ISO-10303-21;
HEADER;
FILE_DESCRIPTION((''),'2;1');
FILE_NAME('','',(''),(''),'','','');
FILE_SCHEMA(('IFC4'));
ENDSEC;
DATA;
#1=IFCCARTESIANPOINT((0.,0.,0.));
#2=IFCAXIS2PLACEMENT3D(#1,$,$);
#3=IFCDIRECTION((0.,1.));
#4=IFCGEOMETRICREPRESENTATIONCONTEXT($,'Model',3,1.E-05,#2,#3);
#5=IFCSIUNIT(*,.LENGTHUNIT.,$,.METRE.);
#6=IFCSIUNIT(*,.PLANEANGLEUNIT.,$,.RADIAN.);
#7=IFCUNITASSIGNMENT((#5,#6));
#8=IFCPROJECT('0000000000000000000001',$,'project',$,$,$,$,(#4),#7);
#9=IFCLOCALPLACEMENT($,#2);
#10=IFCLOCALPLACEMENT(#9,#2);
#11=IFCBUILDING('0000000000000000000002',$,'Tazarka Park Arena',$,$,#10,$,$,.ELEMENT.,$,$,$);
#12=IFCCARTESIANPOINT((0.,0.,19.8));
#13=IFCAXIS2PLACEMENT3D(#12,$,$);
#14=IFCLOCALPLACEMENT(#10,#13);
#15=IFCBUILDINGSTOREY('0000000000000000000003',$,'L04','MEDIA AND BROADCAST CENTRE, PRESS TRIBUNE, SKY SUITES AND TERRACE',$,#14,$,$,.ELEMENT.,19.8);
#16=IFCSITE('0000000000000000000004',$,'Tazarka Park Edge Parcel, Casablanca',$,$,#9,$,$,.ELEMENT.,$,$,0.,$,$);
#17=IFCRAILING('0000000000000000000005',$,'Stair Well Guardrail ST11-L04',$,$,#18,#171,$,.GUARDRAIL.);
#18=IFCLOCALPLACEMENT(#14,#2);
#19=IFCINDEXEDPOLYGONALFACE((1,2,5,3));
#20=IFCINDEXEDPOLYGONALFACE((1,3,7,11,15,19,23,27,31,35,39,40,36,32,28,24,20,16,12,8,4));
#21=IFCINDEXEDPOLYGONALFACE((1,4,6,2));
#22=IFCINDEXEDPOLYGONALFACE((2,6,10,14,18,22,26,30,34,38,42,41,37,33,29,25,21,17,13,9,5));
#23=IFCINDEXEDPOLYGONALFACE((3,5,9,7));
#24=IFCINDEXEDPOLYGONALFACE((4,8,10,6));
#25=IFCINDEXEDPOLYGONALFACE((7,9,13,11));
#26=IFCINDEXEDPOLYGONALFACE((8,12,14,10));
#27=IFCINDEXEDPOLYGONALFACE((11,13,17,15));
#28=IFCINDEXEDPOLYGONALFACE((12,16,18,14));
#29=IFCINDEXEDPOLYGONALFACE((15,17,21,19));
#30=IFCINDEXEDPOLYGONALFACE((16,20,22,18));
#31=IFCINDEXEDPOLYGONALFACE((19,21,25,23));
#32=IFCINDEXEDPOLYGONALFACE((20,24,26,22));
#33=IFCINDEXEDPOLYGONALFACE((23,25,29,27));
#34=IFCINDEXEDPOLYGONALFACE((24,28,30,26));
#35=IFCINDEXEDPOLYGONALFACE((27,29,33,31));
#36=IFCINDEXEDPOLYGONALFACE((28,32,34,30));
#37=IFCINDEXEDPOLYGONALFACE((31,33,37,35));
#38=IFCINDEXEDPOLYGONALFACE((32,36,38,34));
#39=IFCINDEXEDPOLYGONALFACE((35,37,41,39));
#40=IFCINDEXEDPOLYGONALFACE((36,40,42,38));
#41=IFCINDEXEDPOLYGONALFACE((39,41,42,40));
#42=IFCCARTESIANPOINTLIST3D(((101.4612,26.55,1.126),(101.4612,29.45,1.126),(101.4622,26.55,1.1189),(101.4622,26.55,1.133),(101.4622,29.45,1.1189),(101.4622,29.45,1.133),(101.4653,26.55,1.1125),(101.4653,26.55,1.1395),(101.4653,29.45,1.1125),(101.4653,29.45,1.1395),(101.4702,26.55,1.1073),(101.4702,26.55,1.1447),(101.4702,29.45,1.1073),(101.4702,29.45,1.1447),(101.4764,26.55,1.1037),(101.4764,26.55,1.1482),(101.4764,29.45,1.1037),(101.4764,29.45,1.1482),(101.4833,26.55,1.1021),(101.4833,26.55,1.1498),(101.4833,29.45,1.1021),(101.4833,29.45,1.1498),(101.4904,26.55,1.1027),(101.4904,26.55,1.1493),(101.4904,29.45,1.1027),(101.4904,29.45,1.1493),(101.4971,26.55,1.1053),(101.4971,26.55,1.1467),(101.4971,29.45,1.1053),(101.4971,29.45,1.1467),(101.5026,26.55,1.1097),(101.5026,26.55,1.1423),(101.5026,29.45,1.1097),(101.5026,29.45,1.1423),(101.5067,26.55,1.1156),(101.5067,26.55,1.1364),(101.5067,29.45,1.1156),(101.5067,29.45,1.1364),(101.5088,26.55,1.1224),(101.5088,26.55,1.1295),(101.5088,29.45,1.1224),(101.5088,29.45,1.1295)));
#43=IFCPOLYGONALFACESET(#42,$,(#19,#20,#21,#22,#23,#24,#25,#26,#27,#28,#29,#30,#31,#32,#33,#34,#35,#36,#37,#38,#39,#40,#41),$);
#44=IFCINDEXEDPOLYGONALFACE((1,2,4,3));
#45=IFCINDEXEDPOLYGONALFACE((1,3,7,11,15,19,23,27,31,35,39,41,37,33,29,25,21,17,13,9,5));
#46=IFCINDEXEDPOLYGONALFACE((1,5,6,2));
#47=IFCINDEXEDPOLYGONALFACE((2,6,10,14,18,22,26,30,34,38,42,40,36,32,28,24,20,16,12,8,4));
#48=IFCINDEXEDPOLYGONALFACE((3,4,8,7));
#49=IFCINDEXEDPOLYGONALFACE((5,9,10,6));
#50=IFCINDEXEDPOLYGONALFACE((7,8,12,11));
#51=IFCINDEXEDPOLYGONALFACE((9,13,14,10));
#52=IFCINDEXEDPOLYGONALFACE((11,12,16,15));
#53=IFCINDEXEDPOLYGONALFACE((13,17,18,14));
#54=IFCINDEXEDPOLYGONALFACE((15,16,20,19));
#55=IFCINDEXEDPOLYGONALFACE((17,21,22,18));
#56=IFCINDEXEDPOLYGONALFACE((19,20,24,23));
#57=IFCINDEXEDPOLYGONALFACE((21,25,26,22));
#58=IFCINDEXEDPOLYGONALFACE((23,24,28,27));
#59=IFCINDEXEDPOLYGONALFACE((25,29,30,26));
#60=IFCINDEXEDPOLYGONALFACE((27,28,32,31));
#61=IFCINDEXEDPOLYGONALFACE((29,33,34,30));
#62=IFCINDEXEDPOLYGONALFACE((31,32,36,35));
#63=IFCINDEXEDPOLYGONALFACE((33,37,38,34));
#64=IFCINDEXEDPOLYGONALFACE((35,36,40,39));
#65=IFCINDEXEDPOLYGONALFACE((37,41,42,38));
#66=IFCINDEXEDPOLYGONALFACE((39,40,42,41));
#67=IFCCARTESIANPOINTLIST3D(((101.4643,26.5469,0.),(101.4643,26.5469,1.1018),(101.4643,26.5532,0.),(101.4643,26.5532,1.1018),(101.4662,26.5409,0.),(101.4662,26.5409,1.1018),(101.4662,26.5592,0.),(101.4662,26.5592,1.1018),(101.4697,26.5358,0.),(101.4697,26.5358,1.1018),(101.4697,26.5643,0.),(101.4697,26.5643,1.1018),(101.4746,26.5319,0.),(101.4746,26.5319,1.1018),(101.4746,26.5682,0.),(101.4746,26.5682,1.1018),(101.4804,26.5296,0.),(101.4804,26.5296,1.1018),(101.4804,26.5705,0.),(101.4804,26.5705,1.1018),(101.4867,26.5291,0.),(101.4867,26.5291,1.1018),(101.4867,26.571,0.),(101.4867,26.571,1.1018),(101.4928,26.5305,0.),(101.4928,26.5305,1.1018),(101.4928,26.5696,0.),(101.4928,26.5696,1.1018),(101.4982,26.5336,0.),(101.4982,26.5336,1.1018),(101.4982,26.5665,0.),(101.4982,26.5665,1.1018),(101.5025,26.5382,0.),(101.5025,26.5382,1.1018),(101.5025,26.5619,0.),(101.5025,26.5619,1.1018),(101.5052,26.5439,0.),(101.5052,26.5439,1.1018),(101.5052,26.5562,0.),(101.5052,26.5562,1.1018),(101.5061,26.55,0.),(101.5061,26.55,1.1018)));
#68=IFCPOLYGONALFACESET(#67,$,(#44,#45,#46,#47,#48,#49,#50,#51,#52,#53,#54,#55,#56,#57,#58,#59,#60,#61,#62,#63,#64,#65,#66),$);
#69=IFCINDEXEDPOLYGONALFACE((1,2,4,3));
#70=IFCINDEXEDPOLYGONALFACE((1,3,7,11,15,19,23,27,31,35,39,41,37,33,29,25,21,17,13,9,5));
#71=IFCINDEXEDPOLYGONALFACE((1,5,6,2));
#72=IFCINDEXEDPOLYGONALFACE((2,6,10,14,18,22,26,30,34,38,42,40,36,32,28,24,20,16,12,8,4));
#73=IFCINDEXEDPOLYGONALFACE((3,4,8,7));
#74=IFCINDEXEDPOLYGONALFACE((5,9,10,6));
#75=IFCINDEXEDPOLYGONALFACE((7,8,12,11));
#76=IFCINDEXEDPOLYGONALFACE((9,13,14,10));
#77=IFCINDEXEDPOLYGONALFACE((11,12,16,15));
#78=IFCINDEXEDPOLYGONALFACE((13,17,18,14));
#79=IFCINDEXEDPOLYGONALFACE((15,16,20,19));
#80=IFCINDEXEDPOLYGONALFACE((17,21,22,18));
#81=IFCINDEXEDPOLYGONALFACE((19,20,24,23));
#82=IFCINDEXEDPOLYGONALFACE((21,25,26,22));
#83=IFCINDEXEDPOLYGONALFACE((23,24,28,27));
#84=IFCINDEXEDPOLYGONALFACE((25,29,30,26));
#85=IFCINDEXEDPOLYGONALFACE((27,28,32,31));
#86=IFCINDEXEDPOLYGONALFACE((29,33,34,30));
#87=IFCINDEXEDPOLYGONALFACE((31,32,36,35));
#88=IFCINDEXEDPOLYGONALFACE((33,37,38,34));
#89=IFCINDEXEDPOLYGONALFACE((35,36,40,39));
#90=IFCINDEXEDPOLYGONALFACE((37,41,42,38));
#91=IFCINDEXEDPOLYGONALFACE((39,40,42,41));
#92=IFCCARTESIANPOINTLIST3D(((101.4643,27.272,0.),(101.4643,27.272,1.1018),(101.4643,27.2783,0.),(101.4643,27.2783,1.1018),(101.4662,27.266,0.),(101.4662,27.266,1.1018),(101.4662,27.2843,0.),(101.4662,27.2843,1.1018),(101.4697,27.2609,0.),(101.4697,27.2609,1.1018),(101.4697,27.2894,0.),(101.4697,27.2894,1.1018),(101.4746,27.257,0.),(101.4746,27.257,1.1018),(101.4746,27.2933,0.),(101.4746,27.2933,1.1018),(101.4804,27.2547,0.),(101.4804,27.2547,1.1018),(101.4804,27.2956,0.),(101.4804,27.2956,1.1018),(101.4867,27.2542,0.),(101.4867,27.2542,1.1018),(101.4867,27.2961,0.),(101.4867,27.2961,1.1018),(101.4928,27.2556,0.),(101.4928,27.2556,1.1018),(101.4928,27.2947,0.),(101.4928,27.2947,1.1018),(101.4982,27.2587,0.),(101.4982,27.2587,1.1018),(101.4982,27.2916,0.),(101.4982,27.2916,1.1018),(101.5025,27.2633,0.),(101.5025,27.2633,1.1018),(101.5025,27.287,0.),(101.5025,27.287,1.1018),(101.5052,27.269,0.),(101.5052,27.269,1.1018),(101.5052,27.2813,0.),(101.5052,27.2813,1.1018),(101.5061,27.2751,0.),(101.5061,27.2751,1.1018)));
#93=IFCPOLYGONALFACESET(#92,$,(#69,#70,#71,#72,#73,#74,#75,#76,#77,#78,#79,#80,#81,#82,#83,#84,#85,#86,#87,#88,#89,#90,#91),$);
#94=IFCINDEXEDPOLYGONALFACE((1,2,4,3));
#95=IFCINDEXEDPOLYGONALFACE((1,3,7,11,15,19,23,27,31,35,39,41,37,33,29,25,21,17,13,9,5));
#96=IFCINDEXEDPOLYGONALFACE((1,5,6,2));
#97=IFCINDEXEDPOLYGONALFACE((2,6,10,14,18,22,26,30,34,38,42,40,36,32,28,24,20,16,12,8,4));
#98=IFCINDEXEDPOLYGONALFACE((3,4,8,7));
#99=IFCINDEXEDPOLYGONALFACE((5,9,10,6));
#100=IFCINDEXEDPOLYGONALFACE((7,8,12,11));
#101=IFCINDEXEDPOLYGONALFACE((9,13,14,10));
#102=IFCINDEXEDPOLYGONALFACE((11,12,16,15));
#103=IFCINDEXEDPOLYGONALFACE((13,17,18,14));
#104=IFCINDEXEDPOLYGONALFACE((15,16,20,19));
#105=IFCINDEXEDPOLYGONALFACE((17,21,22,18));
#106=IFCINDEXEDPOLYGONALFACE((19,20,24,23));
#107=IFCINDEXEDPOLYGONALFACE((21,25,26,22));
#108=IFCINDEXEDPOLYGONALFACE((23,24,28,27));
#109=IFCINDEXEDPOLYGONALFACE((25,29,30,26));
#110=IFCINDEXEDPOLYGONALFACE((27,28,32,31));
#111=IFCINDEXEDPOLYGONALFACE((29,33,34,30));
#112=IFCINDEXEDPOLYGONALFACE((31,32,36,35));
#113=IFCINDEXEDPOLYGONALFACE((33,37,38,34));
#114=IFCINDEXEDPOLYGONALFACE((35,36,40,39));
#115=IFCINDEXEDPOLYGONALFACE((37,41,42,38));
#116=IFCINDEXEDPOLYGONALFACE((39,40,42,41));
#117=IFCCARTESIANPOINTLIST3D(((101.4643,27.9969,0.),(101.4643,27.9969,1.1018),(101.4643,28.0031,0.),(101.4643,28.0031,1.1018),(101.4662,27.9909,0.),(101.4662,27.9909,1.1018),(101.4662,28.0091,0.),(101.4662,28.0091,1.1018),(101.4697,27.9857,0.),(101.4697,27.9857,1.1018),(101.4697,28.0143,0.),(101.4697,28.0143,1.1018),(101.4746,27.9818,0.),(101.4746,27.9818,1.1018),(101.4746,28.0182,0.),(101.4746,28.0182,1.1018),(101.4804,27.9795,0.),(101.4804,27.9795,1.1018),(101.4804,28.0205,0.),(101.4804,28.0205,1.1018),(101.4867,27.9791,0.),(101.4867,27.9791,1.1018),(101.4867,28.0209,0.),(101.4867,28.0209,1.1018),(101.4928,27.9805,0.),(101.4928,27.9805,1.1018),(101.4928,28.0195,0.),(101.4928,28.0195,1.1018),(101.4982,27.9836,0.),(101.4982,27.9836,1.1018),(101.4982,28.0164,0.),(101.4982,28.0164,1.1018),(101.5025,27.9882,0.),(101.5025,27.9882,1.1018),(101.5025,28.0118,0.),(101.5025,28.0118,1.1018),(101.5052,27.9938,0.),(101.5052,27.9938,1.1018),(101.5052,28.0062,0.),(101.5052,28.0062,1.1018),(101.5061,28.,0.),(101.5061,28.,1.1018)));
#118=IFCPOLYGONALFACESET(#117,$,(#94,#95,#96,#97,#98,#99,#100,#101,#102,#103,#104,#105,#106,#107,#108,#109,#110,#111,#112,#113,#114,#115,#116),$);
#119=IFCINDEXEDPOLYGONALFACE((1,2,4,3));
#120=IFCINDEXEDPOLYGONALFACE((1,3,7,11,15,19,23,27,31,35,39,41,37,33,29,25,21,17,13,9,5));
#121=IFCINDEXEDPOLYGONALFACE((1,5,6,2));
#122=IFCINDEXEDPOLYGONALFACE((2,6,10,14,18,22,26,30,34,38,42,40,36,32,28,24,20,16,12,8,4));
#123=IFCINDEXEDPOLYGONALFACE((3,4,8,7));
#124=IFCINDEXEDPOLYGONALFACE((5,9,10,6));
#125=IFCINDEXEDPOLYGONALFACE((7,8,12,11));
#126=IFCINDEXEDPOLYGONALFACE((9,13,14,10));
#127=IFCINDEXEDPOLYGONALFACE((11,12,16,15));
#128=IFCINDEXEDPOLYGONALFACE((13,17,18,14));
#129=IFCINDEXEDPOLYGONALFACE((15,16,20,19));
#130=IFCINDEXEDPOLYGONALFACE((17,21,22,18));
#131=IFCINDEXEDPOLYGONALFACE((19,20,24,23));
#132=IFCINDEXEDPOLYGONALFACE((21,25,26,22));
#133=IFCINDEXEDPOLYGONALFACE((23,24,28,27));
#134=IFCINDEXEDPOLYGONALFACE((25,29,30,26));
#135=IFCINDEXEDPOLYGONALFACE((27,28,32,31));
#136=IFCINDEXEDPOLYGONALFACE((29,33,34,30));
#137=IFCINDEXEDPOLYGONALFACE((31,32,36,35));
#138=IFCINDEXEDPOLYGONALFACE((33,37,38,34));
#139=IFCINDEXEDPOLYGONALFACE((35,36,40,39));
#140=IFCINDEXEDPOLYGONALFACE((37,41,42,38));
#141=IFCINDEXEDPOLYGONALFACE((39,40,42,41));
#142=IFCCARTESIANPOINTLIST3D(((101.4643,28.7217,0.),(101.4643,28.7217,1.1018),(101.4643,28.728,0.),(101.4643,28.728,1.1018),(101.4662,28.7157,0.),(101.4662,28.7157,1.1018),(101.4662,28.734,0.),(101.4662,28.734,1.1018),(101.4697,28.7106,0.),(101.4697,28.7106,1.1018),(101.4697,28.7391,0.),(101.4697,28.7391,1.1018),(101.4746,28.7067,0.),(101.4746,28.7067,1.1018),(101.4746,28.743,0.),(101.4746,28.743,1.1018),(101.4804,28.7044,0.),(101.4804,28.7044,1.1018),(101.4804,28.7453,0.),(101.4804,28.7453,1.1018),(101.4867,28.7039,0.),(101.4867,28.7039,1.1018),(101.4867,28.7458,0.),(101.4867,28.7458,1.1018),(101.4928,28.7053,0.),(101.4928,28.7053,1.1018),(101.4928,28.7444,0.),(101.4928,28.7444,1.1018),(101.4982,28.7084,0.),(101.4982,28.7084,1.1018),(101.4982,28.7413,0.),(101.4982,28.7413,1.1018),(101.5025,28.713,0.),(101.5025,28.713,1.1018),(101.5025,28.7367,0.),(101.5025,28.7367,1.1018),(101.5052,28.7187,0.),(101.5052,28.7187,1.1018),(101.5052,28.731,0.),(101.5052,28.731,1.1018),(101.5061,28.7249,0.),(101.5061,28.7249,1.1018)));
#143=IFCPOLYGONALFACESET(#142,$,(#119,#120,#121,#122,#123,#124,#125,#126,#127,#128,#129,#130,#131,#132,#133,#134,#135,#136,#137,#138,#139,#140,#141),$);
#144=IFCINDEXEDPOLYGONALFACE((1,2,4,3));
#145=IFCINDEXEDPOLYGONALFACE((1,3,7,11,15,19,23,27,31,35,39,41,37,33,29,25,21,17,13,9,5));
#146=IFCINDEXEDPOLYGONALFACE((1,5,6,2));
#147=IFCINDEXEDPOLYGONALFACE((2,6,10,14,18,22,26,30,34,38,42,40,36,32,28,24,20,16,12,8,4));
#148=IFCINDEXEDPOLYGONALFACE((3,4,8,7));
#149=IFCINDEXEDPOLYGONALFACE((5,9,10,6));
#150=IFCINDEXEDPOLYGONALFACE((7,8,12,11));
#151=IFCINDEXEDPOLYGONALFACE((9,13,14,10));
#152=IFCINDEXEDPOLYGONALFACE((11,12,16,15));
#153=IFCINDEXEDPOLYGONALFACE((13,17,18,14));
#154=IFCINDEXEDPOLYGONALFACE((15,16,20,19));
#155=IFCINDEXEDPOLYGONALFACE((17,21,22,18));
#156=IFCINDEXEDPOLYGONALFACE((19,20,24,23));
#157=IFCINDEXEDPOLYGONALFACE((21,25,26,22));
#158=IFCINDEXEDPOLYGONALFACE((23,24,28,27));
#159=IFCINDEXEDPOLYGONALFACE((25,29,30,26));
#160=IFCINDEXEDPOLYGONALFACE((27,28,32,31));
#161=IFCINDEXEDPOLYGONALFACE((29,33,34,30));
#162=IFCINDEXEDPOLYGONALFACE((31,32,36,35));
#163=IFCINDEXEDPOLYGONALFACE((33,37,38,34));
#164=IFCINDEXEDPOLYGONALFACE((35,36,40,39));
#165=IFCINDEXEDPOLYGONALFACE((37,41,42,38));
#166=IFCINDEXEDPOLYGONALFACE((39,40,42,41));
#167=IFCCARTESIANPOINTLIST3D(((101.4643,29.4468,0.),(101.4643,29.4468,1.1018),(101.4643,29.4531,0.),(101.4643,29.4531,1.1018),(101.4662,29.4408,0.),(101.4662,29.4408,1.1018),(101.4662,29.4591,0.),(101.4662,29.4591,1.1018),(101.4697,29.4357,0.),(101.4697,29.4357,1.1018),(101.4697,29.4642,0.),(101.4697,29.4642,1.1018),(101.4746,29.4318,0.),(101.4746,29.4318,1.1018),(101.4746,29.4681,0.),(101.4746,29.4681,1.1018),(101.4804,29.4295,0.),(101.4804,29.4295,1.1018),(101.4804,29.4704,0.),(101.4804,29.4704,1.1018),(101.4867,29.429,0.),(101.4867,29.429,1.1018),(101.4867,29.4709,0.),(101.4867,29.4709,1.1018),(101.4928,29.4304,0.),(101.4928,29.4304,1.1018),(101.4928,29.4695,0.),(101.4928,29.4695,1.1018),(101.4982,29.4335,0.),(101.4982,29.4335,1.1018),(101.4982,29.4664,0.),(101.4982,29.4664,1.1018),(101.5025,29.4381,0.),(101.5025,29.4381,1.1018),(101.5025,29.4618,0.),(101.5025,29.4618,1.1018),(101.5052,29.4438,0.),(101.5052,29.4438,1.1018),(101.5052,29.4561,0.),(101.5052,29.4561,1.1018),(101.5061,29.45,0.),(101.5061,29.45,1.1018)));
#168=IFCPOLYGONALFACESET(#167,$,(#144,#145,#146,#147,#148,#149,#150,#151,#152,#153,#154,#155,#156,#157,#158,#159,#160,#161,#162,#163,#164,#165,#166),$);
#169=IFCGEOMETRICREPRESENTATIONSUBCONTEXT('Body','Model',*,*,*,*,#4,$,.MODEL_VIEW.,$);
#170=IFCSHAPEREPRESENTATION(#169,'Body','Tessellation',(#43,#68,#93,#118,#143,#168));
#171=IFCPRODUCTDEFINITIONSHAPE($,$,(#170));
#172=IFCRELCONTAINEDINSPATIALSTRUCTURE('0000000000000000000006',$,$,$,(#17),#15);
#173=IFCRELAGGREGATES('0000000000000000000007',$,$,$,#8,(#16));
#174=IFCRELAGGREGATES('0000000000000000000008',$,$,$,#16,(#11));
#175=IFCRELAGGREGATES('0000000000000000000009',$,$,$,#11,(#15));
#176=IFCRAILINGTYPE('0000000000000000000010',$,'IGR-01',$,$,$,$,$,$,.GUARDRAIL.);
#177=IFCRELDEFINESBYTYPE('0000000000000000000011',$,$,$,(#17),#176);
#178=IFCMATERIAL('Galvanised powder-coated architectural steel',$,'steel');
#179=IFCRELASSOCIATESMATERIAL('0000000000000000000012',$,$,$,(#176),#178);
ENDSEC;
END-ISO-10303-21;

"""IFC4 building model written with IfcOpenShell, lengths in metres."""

from ifc_helpers import new_model, si_unit, direction, frame, origin, origin_2d, place, context, subcontext, project, spatial, circle, extrude, material, type_object, element, save


model = new_model("IFC4")

# Units and contexts
model_context = context("Model", 3, precision=1e-05, world=origin(), true_north=direction((0.0, 1.0)))
body_context = subcontext(model_context, "Body", "Model", "MODEL_VIEW")
ifc_project = project(units=[si_unit("LENGTHUNIT", "METRE"), si_unit("PLANEANGLEUNIT", "RADIAN")], contexts=[model_context])

# Site, building, storey
site_placement = place(None, origin())
site = spatial("IfcSite", under=ifc_project, at=site_placement, Name="Tazarka Park Edge Parcel, Casablanca", CompositionType="ELEMENT", RefElevation=0.0)
building_placement = place(site_placement, origin())
building = spatial("IfcBuilding", under=site, at=building_placement, Name="Tazarka Park Arena", CompositionType="ELEMENT")
storey_placement = place(building_placement, frame((0.0, 0.0, 19.8)))
storey = spatial("IfcBuildingStorey", under=building, at=storey_placement, Name="L04", Description="MEDIA AND BROADCAST CENTRE, PRESS TRIBUNE, SKY SUITES AND TERRACE", CompositionType="ELEMENT", Elevation=19.8)

# Railing
ifc_material_1 = material(Name="Galvanised powder-coated architectural steel", Category="steel")
railing_type_1 = type_object("IfcRailingType", Name="IGR-01", PredefinedType="GUARDRAIL", material=ifc_material_1)
for number, where, name in (
    (1, (101.4851, 26.55, 0.0), "Stair Well Guardrail ST11-L04"),
):
    element("IfcRailing", number, at=place(storey_placement, frame(where)), inside=storey, type_object=railing_type_1, Name=name, PredefinedType="GUARDRAIL", context=body_context, shape_type="SweptSolid", body=[
        extrude(circle(Radius=0.0239, at=origin_2d()), frame((0.0, 0.0, 1.126), z_axis=(0.0, 1.0, 0.0), x_axis=(-1.0, 0.0, 0.0)), (0.0, 0.0, 1.0), 2.8999),
        extrude(circle(Radius=0.021, at=origin_2d()), origin(), (0.0, 0.0, 1.0), 1.1018),
        extrude(circle(Radius=0.021, at=origin_2d()), frame((0.0, 0.7251, 0.0)), (0.0, 0.0, 1.0), 1.1018),
        extrude(circle(Radius=0.021, at=origin_2d()), frame((0.0, 1.45, 0.0)), (0.0, 0.0, 1.0), 1.1018),
        extrude(circle(Radius=0.021, at=origin_2d()), frame((0.0, 2.1748, 0.0)), (0.0, 0.0, 1.0), 1.1018),
        extrude(circle(Radius=0.021, at=origin_2d()), frame((0.0, 2.8999, 0.0)), (0.0, 0.0, 1.0), 1.1018),
    ])

save(model, "model.ifc")
